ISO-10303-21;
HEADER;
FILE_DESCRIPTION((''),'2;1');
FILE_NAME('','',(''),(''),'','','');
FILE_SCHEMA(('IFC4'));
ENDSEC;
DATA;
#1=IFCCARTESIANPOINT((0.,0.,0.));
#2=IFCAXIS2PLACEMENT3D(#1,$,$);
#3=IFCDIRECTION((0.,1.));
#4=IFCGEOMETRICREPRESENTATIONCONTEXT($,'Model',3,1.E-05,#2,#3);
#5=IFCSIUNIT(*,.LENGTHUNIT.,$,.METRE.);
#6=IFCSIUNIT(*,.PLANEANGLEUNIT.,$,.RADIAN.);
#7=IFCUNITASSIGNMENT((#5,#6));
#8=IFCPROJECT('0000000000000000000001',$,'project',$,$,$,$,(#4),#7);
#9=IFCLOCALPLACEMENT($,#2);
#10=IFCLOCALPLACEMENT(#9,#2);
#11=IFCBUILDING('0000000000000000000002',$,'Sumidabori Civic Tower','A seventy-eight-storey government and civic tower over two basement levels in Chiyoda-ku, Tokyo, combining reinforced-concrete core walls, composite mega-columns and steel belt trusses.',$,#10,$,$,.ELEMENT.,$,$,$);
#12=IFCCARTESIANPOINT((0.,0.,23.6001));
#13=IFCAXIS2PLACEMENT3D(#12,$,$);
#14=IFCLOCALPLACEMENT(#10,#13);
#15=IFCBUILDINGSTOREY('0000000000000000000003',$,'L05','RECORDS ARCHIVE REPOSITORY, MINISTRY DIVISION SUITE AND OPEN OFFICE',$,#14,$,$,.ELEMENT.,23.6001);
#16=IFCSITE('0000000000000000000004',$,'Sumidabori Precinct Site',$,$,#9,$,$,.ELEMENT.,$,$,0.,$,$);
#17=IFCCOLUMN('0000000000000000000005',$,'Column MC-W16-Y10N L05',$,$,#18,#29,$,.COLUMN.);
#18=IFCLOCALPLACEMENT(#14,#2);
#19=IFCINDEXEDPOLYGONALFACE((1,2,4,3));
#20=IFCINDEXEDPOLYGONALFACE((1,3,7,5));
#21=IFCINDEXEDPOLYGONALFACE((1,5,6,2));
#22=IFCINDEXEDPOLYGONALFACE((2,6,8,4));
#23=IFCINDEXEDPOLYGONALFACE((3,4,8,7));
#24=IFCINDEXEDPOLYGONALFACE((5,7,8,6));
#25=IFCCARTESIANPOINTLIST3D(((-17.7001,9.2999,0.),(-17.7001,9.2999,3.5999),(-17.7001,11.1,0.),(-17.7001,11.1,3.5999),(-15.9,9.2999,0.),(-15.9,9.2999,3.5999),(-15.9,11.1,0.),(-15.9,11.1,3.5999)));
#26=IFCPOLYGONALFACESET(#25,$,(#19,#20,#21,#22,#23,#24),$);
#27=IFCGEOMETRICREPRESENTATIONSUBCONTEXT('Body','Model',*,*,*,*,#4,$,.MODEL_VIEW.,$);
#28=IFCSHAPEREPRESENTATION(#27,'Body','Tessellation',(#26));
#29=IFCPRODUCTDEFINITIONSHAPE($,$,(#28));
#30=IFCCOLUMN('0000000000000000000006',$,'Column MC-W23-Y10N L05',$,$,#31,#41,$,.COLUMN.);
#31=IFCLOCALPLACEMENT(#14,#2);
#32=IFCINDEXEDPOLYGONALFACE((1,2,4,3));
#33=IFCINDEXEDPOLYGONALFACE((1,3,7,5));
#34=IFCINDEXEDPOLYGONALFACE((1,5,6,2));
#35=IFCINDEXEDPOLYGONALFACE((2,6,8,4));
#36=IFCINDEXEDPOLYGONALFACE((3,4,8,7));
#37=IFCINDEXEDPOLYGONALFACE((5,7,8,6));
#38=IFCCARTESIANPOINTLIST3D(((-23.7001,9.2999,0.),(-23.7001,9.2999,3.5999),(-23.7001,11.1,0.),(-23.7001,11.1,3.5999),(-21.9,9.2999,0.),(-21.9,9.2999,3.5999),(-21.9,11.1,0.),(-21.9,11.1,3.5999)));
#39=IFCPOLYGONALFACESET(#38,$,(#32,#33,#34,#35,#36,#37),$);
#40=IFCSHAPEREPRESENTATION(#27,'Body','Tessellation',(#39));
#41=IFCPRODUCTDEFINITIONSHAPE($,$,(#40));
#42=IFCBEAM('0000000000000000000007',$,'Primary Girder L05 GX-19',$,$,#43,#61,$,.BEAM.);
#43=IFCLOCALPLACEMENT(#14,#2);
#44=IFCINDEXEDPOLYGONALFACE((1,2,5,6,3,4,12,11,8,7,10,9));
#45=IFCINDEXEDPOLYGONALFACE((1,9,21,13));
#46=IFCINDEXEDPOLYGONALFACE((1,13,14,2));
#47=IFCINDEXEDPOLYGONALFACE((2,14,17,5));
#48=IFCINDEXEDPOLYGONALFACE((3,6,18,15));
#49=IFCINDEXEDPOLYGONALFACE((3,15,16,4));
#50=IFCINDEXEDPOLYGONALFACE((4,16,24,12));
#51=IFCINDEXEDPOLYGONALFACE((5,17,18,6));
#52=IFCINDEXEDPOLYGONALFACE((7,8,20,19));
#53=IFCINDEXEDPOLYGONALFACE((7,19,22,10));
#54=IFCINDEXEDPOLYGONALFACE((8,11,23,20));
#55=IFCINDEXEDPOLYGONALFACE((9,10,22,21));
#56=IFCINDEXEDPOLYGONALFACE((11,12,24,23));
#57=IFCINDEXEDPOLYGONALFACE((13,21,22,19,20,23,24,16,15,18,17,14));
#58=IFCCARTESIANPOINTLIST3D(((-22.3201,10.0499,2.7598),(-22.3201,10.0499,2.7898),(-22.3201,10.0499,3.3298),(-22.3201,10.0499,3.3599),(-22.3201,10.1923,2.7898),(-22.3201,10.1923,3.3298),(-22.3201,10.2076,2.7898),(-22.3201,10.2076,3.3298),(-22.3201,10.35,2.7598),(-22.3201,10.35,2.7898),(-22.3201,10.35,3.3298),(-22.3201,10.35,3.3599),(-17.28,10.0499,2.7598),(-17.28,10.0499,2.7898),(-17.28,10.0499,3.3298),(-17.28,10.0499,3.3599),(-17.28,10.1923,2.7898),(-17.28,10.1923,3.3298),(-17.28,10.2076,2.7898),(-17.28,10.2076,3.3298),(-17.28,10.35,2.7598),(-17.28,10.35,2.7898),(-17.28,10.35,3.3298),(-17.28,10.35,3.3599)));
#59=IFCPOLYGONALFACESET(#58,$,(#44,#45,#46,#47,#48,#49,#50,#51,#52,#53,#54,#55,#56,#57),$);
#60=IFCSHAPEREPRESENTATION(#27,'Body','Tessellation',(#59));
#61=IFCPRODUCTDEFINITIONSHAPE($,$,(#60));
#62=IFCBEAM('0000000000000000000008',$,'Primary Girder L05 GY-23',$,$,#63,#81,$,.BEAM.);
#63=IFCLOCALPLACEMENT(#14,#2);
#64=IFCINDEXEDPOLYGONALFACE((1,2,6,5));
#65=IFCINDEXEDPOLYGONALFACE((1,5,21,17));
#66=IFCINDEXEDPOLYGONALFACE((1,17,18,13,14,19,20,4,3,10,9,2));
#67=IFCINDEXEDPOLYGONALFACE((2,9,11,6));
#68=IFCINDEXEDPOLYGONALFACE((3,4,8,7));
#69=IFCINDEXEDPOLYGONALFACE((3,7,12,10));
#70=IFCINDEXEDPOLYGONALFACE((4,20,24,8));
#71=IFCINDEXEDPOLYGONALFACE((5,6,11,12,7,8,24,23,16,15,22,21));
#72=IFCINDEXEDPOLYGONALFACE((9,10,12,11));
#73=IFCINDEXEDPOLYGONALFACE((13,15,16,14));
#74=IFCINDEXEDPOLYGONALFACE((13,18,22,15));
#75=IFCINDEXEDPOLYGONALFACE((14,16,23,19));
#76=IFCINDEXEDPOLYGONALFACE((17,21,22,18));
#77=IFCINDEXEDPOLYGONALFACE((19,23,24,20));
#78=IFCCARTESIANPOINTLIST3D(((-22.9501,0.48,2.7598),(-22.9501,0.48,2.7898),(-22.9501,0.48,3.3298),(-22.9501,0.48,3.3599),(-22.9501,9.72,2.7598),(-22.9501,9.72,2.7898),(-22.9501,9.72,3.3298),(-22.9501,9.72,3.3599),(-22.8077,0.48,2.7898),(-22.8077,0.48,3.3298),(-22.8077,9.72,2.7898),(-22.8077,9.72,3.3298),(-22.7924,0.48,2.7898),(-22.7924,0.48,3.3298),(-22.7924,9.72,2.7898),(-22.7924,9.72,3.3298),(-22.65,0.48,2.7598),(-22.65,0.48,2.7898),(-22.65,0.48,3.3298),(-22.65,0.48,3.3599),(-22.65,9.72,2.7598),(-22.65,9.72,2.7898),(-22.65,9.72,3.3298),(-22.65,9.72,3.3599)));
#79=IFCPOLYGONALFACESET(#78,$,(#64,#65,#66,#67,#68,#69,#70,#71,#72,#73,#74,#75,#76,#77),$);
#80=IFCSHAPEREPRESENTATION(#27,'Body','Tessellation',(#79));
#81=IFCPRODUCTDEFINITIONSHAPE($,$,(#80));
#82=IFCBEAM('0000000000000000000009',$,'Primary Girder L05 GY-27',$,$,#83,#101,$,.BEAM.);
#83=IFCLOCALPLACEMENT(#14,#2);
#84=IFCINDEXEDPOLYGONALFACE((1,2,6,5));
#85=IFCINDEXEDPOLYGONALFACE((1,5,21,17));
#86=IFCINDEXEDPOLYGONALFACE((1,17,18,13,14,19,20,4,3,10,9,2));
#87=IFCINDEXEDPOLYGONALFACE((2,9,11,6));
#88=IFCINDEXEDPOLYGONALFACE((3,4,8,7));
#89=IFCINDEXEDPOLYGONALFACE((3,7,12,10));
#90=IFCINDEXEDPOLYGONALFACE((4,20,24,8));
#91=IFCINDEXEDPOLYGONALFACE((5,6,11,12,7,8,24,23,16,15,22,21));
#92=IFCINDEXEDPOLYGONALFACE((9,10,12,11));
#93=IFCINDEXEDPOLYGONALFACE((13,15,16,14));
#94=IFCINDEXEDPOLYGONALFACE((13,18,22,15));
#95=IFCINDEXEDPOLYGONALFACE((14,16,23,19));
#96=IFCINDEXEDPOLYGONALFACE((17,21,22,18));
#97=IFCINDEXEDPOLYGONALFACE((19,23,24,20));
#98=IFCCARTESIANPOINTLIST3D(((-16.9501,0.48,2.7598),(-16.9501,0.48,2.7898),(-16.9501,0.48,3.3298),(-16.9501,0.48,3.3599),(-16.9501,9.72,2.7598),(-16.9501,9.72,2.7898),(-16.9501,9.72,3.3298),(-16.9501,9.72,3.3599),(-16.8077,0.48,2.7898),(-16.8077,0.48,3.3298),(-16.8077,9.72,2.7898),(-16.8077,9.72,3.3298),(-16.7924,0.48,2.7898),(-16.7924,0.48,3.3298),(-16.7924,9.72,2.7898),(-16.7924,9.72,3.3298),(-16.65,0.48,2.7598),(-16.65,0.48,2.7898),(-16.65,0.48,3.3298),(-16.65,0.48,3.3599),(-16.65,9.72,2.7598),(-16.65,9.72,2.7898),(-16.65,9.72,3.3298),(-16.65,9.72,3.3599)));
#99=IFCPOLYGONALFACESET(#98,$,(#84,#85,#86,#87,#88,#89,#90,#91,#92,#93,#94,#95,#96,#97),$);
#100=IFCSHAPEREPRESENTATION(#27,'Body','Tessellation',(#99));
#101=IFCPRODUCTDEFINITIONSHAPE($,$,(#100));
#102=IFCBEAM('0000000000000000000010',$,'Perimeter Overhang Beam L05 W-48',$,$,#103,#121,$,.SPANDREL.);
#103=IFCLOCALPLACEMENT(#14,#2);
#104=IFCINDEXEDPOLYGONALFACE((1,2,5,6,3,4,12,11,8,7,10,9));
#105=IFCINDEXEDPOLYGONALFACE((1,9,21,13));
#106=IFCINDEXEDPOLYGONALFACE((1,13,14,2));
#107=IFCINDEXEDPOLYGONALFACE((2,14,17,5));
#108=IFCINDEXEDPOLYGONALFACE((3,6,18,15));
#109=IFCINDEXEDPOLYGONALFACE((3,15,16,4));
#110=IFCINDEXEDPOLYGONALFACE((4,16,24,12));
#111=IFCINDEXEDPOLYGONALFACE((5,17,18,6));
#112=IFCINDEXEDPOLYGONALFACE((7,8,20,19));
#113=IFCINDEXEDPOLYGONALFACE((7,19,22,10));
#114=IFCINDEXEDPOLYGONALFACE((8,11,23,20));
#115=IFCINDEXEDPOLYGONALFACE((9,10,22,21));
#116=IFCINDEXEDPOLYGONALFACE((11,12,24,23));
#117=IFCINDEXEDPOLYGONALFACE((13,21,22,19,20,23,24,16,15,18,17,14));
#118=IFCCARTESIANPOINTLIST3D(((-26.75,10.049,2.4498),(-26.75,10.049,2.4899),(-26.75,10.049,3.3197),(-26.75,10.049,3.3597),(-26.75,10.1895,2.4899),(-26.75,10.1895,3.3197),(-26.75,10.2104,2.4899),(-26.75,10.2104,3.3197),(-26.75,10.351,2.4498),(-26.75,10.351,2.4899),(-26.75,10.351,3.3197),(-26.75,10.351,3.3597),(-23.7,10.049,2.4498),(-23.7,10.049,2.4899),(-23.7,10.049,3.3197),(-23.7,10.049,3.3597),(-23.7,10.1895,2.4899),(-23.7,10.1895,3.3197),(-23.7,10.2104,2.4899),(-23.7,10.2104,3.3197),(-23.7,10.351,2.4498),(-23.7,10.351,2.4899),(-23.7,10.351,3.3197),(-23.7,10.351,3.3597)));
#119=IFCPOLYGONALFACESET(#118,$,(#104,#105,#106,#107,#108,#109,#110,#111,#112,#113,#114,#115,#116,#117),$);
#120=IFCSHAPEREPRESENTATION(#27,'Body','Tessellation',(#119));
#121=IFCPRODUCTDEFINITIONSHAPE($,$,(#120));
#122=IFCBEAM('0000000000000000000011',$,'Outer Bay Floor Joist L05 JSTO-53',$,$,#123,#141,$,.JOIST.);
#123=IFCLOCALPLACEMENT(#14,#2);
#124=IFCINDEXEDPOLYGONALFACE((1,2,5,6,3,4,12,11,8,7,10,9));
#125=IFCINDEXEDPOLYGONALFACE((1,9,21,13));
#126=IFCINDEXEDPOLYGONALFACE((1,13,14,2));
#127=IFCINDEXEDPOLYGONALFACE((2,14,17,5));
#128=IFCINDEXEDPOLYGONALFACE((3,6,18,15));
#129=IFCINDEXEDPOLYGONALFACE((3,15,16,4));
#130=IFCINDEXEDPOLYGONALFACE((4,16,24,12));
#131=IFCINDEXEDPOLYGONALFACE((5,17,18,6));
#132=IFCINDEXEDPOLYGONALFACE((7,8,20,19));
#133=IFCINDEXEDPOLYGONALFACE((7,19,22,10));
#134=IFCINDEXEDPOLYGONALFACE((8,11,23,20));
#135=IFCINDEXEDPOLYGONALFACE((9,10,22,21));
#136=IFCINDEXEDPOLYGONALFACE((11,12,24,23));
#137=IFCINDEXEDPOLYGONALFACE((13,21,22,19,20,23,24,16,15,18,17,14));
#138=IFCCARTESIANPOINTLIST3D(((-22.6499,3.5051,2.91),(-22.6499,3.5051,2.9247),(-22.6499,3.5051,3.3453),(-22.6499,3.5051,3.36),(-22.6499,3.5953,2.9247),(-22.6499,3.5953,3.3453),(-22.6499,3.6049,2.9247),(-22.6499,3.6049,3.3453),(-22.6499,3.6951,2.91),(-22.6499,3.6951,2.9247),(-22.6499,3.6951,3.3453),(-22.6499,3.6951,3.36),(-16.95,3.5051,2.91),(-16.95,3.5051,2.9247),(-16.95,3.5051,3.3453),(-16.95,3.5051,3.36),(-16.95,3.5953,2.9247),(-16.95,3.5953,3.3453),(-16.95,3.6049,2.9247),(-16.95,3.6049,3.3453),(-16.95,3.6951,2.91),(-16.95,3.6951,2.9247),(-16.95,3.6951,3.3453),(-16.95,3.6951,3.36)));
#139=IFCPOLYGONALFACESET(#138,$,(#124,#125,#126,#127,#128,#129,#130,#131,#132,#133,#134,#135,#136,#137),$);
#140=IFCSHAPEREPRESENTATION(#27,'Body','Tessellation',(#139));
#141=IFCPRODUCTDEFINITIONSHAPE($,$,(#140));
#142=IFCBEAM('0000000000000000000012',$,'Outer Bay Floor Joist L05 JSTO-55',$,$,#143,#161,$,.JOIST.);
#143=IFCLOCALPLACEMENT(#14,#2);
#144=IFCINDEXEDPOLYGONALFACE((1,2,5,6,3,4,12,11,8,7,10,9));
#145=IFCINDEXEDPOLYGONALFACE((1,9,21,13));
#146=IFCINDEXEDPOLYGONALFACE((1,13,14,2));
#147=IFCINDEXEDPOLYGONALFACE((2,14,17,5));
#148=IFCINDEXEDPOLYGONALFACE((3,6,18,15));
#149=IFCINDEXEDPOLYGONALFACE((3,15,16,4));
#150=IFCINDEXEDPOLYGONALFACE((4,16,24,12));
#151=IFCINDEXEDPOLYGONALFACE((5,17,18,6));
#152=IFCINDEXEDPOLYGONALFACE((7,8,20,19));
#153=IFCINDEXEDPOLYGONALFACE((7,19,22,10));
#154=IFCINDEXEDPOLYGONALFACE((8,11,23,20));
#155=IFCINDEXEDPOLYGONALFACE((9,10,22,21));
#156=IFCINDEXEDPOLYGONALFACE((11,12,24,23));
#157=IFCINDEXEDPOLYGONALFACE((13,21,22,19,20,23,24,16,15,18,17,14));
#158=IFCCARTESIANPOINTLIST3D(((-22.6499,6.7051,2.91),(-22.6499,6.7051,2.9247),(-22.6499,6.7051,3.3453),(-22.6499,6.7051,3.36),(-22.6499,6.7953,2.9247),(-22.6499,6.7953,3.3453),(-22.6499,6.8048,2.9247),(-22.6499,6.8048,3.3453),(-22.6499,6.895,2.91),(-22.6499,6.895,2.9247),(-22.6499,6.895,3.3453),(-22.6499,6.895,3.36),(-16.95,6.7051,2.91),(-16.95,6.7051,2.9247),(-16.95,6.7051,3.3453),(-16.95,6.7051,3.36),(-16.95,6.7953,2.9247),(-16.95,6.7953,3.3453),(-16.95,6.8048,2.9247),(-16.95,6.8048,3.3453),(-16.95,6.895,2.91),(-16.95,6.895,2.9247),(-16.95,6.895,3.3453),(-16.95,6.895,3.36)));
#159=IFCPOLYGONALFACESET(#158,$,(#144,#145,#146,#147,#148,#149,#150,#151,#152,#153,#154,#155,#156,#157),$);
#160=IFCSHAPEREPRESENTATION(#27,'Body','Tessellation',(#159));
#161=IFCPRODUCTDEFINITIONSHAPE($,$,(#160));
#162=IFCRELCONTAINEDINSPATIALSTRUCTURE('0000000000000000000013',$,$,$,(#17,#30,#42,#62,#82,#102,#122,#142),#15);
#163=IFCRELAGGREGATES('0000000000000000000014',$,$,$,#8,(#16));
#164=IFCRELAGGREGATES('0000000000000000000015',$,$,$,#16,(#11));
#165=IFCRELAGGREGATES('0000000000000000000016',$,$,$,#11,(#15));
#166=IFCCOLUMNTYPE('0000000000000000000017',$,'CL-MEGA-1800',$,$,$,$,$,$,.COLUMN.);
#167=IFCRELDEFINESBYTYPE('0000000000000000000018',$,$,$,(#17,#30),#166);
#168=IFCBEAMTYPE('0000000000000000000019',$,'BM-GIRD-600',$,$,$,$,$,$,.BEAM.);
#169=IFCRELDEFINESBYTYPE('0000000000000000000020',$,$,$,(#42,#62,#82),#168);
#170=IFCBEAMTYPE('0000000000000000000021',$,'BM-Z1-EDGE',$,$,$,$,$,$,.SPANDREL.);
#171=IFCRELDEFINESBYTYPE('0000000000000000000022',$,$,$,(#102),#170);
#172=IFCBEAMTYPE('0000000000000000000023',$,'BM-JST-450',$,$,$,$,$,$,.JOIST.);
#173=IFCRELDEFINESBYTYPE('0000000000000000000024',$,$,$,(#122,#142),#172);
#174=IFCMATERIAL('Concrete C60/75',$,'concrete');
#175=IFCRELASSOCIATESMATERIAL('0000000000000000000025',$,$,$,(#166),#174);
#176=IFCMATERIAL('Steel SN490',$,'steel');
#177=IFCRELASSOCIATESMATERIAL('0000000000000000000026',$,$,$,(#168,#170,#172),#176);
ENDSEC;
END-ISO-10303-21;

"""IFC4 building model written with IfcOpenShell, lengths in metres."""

from ifc_helpers import new_model, si_unit, direction, frame, origin, origin_2d, place, context, subcontext, project, spatial, rectangle, i_section, extrude, source, transform, mapped, material, material_profile, profile_set, type_object, element, save


model = new_model("IFC4")

# Units and contexts
model_context = context("Model", 3, precision=1e-05, world=origin(), true_north=direction((0.0, 1.0)))
body_context = subcontext(model_context, "Body", "Model", "MODEL_VIEW")
ifc_project = project(units=[si_unit("LENGTHUNIT", "METRE"), si_unit("PLANEANGLEUNIT", "RADIAN")], contexts=[model_context])

# Site, building, storey
site_placement = place(None, origin())
site = spatial("IfcSite", under=ifc_project, at=site_placement, Name="Sumidabori Precinct Site", CompositionType="ELEMENT", RefElevation=0.0)
building_placement = place(site_placement, origin())
building = spatial("IfcBuilding", under=site, at=building_placement, Name="Sumidabori Civic Tower", Description="A seventy-eight-storey government and civic tower over two basement levels in Chiyoda-ku, Tokyo, combining reinforced-concrete core walls, composite mega-columns and steel belt trusses.", CompositionType="ELEMENT")
storey_placement = place(building_placement, frame((0.0, 0.0, 23.6001)))
storey = spatial("IfcBuildingStorey", under=building, at=storey_placement, Name="L05", Description="RECORDS ARCHIVE REPOSITORY, MINISTRY DIVISION SUITE AND OPEN OFFICE", CompositionType="ELEMENT", Elevation=23.6001)

# Columns
ifc_material_1 = material(Name="Concrete C60/75", Category="concrete")
ifc_material_profile_1 = material_profile(ifc_material_1, rectangle(XDim=1.8, YDim=1.8, at=origin_2d()), Name="RC 1800x1800")
ifc_profile_set_1 = profile_set([ifc_material_profile_1], Name="Concrete C60/75")
column_type = type_object("IfcColumnType", Name="CL-MEGA-1800", PredefinedType="COLUMN", material=ifc_profile_set_1)
shared_shape_1 = source(origin(), body_context, "Body", "SweptSolid", [
    extrude(rectangle(XDim=1.8, YDim=1.8, at=origin_2d()), origin(), (0.0, 0.0, 1.0), 3.5999),
])
for number, where, z_axis, x_axis, name in (
    (1, (-16.8, 10.2, 0.0), (0.0, 0.0, 1.0), (1.0, 0.0, 0.0), "Column MC-W16-Y10N L05"),
    (2, (-22.8, 10.2, 0.0), (0.0, 0.0, 1.0), (1.0, 0.0, 0.0), "Column MC-W23-Y10N L05"),
):
    element("IfcColumn", number, at=place(storey_placement, frame(where, z_axis=z_axis, x_axis=x_axis)), inside=storey, type_object=column_type, Name=name, PredefinedType="COLUMN", context=body_context, shape_type="MappedRepresentation", body=[
        mapped(shared_shape_1, transform((0.0, 0.0, 0.0), x_axis=(1.0, 0.0, 0.0), y_axis=(0.0, 1.0, 0.0), z_axis=(0.0, 0.0, 1.0), scale=1.0)),
    ])

# Beams
ifc_material_2 = material(Name="Steel SN490", Category="steel")
ifc_material_profile_2 = material_profile(ifc_material_2, i_section(OverallWidth=0.3, OverallDepth=0.6001, WebThickness=0.0154, FlangeThickness=0.03, at=origin_2d()), Name="HE 600 B")
ifc_profile_set_2 = profile_set([ifc_material_profile_2], Name="Steel SN490")
beam_type_1 = type_object("IfcBeamType", Name="BM-GIRD-600", PredefinedType="BEAM", material=ifc_profile_set_2)
shared_shape_2 = source(origin(), body_context, "Body", "SweptSolid", [
    extrude(i_section(OverallWidth=0.3, OverallDepth=0.6001, WebThickness=0.0154, FlangeThickness=0.03, at=origin_2d()), origin(), (0.0, 0.0, 1.0), 5.04),
])
beam_1_placement = place(storey_placement, frame((-22.3201, 10.2, 3.0598), z_axis=(1.0, 0.0, 0.0), x_axis=(0.0, 1.0, 0.0)))
element("IfcBeam", 3, at=beam_1_placement, inside=storey, type_object=beam_type_1, Name="Primary Girder L05 GX-19", PredefinedType="BEAM", context=body_context, shape_type="MappedRepresentation", body=[
    mapped(shared_shape_2, transform((0.0, 0.0, 0.0), x_axis=(1.0, 0.0, 0.0), y_axis=(0.0, 1.0, 0.0), z_axis=(0.0, 0.0, 1.0), scale=1.0)),
])
shared_shape_3 = source(origin(), body_context, "Body", "SweptSolid", [
    extrude(i_section(OverallWidth=0.3, OverallDepth=0.6001, WebThickness=0.0154, FlangeThickness=0.03, at=origin_2d()), origin(), (0.0, 0.0, 1.0), 9.24),
])
for number, where, z_axis, x_axis, name in (
    (4, (-22.8, 0.48, 3.0598), (0.0, 1.0, 0.0), (-1.0, 0.0, 0.0), "Primary Girder L05 GY-23"),
    (5, (-16.8, 0.48, 3.0598), (0.0, 1.0, 0.0), (-1.0, 0.0, 0.0), "Primary Girder L05 GY-27"),
):
    element("IfcBeam", number, at=place(storey_placement, frame(where, z_axis=z_axis, x_axis=x_axis)), inside=storey, type_object=beam_type_1, Name=name, PredefinedType="BEAM", context=body_context, shape_type="MappedRepresentation", body=[
        mapped(shared_shape_3, transform((0.0, 0.0, 0.0), x_axis=(1.0, 0.0, 0.0), y_axis=(0.0, 1.0, 0.0), z_axis=(0.0, 0.0, 1.0), scale=1.0)),
    ])
ifc_material_profile_3 = material_profile(ifc_material_2, i_section(OverallWidth=0.302, OverallDepth=0.9099, WebThickness=0.021, FlangeThickness=0.04, at=origin_2d()), Name="HE 900 M")
ifc_profile_set_3 = profile_set([ifc_material_profile_3], Name="Steel SN490")
beam_type_2 = type_object("IfcBeamType", Name="BM-Z1-EDGE", PredefinedType="SPANDREL", material=ifc_profile_set_3)
shared_shape_4 = source(origin(), body_context, "Body", "SweptSolid", [
    extrude(i_section(OverallWidth=0.302, OverallDepth=0.9099, WebThickness=0.021, FlangeThickness=0.04, at=origin_2d()), origin(), (0.0, 0.0, 1.0), 3.05),
])
beam_2_placement = place(storey_placement, frame((-26.75, 10.2, 2.9048), z_axis=(1.0, 0.0, 0.0), x_axis=(0.0, 1.0, 0.0)))
element("IfcBeam", 6, at=beam_2_placement, inside=storey, type_object=beam_type_2, Name="Perimeter Overhang Beam L05 W-48", PredefinedType="SPANDREL", context=body_context, shape_type="MappedRepresentation", body=[
    mapped(shared_shape_4, transform((0.0, 0.0, 0.0), x_axis=(1.0, 0.0, 0.0), y_axis=(0.0, 1.0, 0.0), z_axis=(0.0, 0.0, 1.0), scale=1.0)),
])
ifc_material_profile_4 = material_profile(ifc_material_2, i_section(OverallWidth=0.1899, OverallDepth=0.45, WebThickness=0.0095, FlangeThickness=0.0146, at=origin_2d()), Name="IPE 450")
ifc_profile_set_4 = profile_set([ifc_material_profile_4], Name="Steel SN490")
beam_type_3 = type_object("IfcBeamType", Name="BM-JST-450", PredefinedType="JOIST", material=ifc_profile_set_4)
shared_shape_5 = source(origin(), body_context, "Body", "SweptSolid", [
    extrude(i_section(OverallWidth=0.1899, OverallDepth=0.45, WebThickness=0.0095, FlangeThickness=0.0146, at=origin_2d()), origin(), (0.0, 0.0, 1.0), 5.7),
])
for number, where, z_axis, x_axis, name in (
    (7, (-22.6499, 3.6001, 3.135), (1.0, 0.0, 0.0), (0.0, 1.0, 0.0), "Outer Bay Floor Joist L05 JSTO-53"),
    (8, (-22.6499, 6.8, 3.135), (1.0, 0.0, 0.0), (0.0, 1.0, 0.0), "Outer Bay Floor Joist L05 JSTO-55"),
):
    element("IfcBeam", number, at=place(storey_placement, frame(where, z_axis=z_axis, x_axis=x_axis)), inside=storey, type_object=beam_type_3, Name=name, PredefinedType="JOIST", context=body_context, shape_type="MappedRepresentation", body=[
        mapped(shared_shape_5, transform((0.0, 0.0, 0.0), x_axis=(1.0, 0.0, 0.0), y_axis=(0.0, 1.0, 0.0), z_axis=(0.0, 0.0, 1.0), scale=1.0)),
    ])

save(model, "model.ifc")
